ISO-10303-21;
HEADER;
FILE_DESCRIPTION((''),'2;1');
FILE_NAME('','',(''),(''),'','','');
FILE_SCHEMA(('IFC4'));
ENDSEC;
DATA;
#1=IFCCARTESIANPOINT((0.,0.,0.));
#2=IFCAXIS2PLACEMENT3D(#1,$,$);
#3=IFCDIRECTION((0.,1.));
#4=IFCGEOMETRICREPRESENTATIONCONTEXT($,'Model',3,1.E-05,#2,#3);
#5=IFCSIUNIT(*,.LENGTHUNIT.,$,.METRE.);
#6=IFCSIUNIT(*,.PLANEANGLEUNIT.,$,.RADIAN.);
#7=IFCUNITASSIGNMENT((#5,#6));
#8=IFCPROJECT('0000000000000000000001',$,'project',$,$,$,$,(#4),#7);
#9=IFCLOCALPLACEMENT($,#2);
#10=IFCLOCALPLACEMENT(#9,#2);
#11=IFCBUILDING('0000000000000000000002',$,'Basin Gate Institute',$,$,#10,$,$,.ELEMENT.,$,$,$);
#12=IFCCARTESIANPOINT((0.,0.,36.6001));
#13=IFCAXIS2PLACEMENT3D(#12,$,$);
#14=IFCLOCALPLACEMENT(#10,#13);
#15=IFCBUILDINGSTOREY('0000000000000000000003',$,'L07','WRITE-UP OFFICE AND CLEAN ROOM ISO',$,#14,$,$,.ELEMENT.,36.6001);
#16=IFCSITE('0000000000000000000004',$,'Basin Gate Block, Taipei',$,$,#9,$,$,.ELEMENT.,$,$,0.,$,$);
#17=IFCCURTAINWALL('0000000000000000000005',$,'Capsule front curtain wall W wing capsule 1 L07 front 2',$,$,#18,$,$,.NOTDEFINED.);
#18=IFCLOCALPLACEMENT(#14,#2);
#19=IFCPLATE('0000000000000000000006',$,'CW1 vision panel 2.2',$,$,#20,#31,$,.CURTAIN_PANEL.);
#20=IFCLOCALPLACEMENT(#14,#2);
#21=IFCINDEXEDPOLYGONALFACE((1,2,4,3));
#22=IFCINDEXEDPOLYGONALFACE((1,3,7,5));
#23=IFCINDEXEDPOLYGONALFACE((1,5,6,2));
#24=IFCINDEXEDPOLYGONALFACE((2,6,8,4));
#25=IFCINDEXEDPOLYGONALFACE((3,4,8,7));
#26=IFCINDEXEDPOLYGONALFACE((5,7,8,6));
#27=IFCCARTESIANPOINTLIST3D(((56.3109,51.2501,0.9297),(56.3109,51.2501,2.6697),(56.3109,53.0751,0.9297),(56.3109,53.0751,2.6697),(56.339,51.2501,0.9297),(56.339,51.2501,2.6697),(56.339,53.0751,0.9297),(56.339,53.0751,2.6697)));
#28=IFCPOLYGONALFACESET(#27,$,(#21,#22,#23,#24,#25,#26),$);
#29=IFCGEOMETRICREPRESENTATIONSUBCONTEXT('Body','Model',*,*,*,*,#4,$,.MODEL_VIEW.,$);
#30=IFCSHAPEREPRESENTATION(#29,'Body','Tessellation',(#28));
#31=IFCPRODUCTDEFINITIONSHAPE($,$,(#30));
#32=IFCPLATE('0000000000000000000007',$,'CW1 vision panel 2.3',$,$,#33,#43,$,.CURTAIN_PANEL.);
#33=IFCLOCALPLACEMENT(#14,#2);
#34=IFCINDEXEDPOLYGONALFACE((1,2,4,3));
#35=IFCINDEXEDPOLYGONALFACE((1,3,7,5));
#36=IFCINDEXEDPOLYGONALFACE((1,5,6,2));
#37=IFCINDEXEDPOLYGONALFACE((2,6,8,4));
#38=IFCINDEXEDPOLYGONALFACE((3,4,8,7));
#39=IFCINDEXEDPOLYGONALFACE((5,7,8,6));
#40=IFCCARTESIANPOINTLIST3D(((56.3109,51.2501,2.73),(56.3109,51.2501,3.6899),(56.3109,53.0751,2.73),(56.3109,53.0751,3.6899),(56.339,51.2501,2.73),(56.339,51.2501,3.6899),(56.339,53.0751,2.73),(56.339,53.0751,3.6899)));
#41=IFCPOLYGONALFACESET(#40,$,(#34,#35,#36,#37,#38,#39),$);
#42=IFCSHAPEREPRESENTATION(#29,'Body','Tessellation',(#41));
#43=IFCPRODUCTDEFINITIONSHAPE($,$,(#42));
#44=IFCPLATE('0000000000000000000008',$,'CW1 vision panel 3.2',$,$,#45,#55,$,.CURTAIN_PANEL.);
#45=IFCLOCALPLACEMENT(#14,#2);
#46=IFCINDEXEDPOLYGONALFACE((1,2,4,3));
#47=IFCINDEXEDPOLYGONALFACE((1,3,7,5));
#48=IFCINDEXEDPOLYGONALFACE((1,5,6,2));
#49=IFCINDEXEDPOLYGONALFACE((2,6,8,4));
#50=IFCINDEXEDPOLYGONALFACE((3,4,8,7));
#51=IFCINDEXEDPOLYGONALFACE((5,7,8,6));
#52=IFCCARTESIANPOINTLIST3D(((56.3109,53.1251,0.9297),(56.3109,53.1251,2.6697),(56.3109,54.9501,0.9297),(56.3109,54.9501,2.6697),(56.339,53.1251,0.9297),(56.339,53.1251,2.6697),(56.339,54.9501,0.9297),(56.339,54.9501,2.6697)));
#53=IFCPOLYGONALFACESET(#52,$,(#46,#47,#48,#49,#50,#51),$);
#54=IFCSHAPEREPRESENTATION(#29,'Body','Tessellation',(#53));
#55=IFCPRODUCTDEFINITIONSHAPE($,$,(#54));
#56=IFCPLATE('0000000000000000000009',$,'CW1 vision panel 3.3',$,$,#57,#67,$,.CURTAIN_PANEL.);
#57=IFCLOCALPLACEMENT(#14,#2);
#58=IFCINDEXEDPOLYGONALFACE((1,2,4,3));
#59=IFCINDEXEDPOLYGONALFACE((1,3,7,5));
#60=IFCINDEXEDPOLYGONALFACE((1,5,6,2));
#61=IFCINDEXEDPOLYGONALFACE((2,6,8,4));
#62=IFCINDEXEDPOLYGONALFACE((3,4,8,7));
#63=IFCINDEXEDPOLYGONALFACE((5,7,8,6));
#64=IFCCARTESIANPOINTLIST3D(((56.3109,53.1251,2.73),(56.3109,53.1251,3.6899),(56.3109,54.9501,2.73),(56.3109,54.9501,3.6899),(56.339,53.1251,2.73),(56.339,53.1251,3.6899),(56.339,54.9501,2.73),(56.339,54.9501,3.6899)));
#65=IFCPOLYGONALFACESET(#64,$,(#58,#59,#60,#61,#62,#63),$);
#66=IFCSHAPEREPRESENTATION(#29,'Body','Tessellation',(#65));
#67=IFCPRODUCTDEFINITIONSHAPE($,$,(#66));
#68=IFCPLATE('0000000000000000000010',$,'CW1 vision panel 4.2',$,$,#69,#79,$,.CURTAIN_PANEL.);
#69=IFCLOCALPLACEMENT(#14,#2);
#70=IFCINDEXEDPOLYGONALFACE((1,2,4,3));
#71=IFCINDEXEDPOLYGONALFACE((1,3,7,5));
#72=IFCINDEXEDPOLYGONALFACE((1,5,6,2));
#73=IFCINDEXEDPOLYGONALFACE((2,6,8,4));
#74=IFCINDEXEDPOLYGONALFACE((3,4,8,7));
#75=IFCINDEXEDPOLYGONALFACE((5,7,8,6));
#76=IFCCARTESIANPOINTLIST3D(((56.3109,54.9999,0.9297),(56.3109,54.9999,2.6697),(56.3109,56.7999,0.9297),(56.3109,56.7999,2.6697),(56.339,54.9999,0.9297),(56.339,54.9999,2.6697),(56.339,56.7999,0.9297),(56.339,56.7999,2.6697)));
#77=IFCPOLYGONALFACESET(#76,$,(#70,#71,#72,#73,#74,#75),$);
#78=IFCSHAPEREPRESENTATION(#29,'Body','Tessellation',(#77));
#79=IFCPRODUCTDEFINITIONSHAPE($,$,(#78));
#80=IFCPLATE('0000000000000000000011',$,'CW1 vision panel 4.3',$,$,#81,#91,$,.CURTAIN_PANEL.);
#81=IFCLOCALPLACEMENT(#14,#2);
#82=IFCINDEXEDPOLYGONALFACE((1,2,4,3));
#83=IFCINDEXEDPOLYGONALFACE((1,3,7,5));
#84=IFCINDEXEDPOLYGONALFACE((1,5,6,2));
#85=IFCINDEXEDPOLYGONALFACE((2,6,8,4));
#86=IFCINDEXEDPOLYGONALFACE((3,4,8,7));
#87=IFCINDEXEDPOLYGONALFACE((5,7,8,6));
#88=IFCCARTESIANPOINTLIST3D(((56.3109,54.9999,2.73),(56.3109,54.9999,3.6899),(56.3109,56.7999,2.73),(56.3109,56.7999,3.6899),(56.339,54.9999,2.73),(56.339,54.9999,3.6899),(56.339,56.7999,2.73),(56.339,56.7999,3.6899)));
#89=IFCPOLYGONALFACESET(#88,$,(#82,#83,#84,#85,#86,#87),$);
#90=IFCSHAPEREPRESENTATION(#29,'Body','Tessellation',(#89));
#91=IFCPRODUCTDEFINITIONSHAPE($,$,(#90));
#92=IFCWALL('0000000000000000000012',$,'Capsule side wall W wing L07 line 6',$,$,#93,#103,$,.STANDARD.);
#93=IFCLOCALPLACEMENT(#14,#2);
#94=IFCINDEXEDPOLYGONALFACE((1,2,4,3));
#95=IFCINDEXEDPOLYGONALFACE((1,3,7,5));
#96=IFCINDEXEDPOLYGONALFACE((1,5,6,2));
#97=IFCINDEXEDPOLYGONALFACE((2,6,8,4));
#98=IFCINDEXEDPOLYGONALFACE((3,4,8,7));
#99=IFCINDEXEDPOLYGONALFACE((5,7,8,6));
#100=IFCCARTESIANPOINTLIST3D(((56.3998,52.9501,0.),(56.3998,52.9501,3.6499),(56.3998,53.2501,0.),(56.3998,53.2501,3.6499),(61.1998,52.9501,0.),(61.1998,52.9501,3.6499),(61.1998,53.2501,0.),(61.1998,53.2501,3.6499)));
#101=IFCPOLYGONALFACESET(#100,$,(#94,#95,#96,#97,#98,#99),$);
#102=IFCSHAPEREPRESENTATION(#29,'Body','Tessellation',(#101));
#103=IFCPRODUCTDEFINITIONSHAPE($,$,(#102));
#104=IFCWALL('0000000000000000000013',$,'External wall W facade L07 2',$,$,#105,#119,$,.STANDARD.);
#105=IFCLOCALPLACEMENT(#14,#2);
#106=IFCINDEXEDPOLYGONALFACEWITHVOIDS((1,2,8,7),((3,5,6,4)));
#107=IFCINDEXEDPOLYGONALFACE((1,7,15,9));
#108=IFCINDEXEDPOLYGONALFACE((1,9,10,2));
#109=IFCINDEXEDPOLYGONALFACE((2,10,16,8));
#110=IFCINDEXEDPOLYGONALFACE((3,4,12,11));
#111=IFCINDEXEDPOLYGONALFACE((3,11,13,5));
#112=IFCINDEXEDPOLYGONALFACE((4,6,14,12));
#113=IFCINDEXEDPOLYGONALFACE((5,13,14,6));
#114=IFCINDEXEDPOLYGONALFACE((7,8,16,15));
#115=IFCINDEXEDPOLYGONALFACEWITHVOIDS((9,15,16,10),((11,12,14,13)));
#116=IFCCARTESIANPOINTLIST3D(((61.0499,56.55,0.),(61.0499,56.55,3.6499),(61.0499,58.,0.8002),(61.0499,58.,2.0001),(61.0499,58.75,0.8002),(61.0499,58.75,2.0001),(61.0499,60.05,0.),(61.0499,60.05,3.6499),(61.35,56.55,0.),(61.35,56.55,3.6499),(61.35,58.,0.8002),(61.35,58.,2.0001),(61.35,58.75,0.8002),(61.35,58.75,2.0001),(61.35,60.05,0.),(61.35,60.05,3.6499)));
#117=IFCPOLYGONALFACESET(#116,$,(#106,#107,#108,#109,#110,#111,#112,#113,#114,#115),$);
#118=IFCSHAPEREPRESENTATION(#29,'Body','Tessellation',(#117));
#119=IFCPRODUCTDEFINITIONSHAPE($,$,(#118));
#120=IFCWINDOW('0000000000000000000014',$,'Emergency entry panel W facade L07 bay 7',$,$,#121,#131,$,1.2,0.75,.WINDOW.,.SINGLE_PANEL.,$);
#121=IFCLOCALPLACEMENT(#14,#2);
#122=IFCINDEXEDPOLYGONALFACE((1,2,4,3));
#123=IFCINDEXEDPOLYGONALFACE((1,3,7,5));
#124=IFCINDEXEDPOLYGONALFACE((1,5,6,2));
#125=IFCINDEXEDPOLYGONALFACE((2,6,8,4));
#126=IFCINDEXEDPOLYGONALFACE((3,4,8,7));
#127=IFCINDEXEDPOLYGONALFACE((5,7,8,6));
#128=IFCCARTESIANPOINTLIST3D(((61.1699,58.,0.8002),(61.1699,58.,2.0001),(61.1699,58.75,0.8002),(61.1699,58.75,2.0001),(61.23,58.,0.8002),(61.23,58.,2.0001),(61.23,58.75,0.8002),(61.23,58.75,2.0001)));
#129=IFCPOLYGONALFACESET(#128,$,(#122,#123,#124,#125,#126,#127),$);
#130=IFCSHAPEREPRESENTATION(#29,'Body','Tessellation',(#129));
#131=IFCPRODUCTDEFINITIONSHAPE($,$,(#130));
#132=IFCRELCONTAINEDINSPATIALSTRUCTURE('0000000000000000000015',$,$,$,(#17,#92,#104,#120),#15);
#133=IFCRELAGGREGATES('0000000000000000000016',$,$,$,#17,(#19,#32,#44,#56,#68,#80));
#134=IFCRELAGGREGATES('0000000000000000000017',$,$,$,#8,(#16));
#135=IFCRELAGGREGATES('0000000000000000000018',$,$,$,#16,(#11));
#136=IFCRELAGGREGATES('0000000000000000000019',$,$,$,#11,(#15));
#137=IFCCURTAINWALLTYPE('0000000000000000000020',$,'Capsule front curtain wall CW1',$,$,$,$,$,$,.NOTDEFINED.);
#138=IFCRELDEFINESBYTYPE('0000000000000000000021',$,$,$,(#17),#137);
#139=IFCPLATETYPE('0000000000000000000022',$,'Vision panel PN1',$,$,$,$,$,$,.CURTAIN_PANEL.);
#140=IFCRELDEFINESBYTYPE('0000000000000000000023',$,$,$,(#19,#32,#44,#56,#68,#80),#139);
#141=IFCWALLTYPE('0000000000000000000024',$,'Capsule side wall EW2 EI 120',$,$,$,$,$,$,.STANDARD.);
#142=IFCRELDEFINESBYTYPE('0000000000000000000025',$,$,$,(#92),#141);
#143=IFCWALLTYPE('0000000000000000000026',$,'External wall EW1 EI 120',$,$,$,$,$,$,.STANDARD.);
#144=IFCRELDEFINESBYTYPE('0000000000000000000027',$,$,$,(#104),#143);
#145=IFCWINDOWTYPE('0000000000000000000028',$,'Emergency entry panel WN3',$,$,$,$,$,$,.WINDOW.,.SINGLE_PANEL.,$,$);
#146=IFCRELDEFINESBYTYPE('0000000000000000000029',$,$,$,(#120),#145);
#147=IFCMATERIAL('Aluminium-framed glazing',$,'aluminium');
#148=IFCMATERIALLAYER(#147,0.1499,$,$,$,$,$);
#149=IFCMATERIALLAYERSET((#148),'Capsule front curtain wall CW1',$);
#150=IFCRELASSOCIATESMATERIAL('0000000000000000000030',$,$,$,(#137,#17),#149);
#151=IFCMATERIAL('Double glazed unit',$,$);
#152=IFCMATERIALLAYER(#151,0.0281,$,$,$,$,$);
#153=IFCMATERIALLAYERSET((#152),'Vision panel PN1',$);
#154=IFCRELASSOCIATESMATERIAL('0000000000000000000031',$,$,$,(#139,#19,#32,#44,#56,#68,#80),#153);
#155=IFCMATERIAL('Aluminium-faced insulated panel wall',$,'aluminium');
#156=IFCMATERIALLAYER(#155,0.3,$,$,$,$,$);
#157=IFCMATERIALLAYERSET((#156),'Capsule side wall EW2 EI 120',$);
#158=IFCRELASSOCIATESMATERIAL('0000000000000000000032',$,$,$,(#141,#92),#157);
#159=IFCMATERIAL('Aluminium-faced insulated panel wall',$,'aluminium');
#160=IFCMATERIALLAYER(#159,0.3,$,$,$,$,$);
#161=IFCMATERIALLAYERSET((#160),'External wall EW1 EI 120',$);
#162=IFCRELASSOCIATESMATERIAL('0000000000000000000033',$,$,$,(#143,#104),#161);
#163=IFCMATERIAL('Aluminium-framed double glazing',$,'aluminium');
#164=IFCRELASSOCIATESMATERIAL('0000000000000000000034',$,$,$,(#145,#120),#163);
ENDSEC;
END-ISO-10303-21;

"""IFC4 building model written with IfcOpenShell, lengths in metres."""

from ifc_helpers import new_model, si_unit, direction, frame, frame_2d, origin, origin_2d, place, context, subcontext, project, spatial, rectangle, extrude, material, layer, layer_set, type_object, element, fill, aggregate, save


model = new_model("IFC4")

# Units and contexts
model_context = context("Model", 3, precision=1e-05, world=origin(), true_north=direction((0.0, 1.0)))
body_context = subcontext(model_context, "Body", "Model", "MODEL_VIEW")
ifc_project = project(units=[si_unit("LENGTHUNIT", "METRE"), si_unit("PLANEANGLEUNIT", "RADIAN")], contexts=[model_context])

# Site, building, storey
site_placement = place(None, origin())
site = spatial("IfcSite", under=ifc_project, at=site_placement, Name="Basin Gate Block, Taipei", CompositionType="ELEMENT", RefElevation=0.0)
building_placement = place(site_placement, origin())
building = spatial("IfcBuilding", under=site, at=building_placement, Name="Basin Gate Institute", CompositionType="ELEMENT")
storey_placement = place(building_placement, frame((0.0, 0.0, 36.6001)))
storey = spatial("IfcBuildingStorey", under=building, at=storey_placement, Name="L07", Description="WRITE-UP OFFICE AND CLEAN ROOM ISO", CompositionType="ELEMENT", Elevation=36.6001)

# Shared definitions
ifc_material_1 = material(Name="Aluminium-framed glazing", Category="aluminium")
ifc_layer_1 = layer(ifc_material_1, 0.1499)
ifc_layer_set_1 = layer_set([ifc_layer_1], Name="Capsule front curtain wall CW1")
curtain_wall_type = type_object("IfcCurtainWallType", Name="Capsule front curtain wall CW1", PredefinedType="NOTDEFINED", material=ifc_layer_set_1)

# Curtain wall
curtain_wall_1_placement = place(storey_placement, origin())
curtain_wall_1 = element("IfcCurtainWall", 1, at=curtain_wall_1_placement, inside=storey, type_object=curtain_wall_type, material=ifc_layer_set_1, Name="Capsule front curtain wall W wing capsule 1 L07 front 2", PredefinedType="NOTDEFINED")

# Plates
ifc_material_2 = material(Name="Double glazed unit")
ifc_layer_2 = layer(ifc_material_2, 0.0281)
ifc_layer_set_2 = layer_set([ifc_layer_2], Name="Vision panel PN1")
plate_type_1 = type_object("IfcPlateType", Name="Vision panel PN1", PredefinedType="CURTAIN_PANEL", material=ifc_layer_set_2)
plate_1_placement = place(storey_placement, frame((56.325, 52.1626, 0.9297), z_axis=(0.0, 0.0, 1.0), x_axis=(0.0, 1.0, 0.0)))
plate_1 = element("IfcPlate", 2, at=plate_1_placement, type_object=plate_type_1, material=ifc_layer_set_2, Name="CW1 vision panel 2.2", PredefinedType="CURTAIN_PANEL", context=body_context, shape_type="SweptSolid", body=[
    extrude(rectangle(XDim=1.825, YDim=0.0281, at=origin_2d()), origin(), (0.0, 0.0, 1.0), 1.74),
])
plate_2_placement = place(storey_placement, frame((56.325, 52.1626, 2.73), z_axis=(0.0, 0.0, 1.0), x_axis=(0.0, 1.0, 0.0)))
plate_2 = element("IfcPlate", 3, at=plate_2_placement, type_object=plate_type_1, material=ifc_layer_set_2, Name="CW1 vision panel 2.3", PredefinedType="CURTAIN_PANEL", context=body_context, shape_type="SweptSolid", body=[
    extrude(rectangle(XDim=1.825, YDim=0.0281, at=origin_2d()), origin(), (0.0, 0.0, 1.0), 0.96),
])
plate_3_placement = place(storey_placement, frame((56.325, 54.0376, 0.9297), z_axis=(0.0, 0.0, 1.0), x_axis=(0.0, 1.0, 0.0)))
plate_3 = element("IfcPlate", 4, at=plate_3_placement, type_object=plate_type_1, material=ifc_layer_set_2, Name="CW1 vision panel 3.2", PredefinedType="CURTAIN_PANEL", context=body_context, shape_type="SweptSolid", body=[
    extrude(rectangle(XDim=1.825, YDim=0.0281, at=origin_2d()), origin(), (0.0, 0.0, 1.0), 1.74),
])
plate_4_placement = place(storey_placement, frame((56.325, 54.0376, 2.73), z_axis=(0.0, 0.0, 1.0), x_axis=(0.0, 1.0, 0.0)))
plate_4 = element("IfcPlate", 5, at=plate_4_placement, type_object=plate_type_1, material=ifc_layer_set_2, Name="CW1 vision panel 3.3", PredefinedType="CURTAIN_PANEL", context=body_context, shape_type="SweptSolid", body=[
    extrude(rectangle(XDim=1.825, YDim=0.0281, at=origin_2d()), origin(), (0.0, 0.0, 1.0), 0.96),
])
plate_5_placement = place(storey_placement, frame((56.325, 55.8999, 0.9297), z_axis=(0.0, 0.0, 1.0), x_axis=(0.0, 1.0, 0.0)))
plate_5 = element("IfcPlate", 6, at=plate_5_placement, type_object=plate_type_1, material=ifc_layer_set_2, Name="CW1 vision panel 4.2", PredefinedType="CURTAIN_PANEL", context=body_context, shape_type="SweptSolid", body=[
    extrude(rectangle(XDim=1.8, YDim=0.0281, at=origin_2d()), origin(), (0.0, 0.0, 1.0), 1.74),
])
plate_6_placement = place(storey_placement, frame((56.325, 55.8999, 2.73), z_axis=(0.0, 0.0, 1.0), x_axis=(0.0, 1.0, 0.0)))
plate_6 = element("IfcPlate", 7, at=plate_6_placement, type_object=plate_type_1, material=ifc_layer_set_2, Name="CW1 vision panel 4.3", PredefinedType="CURTAIN_PANEL", context=body_context, shape_type="SweptSolid", body=[
    extrude(rectangle(XDim=1.8, YDim=0.0281, at=origin_2d()), origin(), (0.0, 0.0, 1.0), 0.96),
])
aggregate(curtain_wall_1, [plate_1, plate_2, plate_3, plate_4, plate_5, plate_6])

# Wall
ifc_material_3 = material(Name="Aluminium-faced insulated panel wall", Category="aluminium")
ifc_layer_3 = layer(ifc_material_3, 0.3)
ifc_layer_set_3 = layer_set([ifc_layer_3], Name="Capsule side wall EW2 EI 120")
wall_type_1 = type_object("IfcWallType", Name="Capsule side wall EW2 EI 120", PredefinedType="STANDARD", material=ifc_layer_set_3)
wall_1_placement = place(storey_placement, frame((56.3999, 53.1001, 0.0), z_axis=(0.0, 0.0, 1.0), x_axis=(1.0, 0.0, 0.0)))
element("IfcWall", 8, at=wall_1_placement, inside=storey, type_object=wall_type_1, material=ifc_layer_set_3, Name="Capsule side wall W wing L07 line 6", PredefinedType="STANDARD", context=body_context, shape_type="SweptSolid", body=[
    extrude(rectangle(XDim=4.8, YDim=0.3, at=frame_2d((2.3999, 0.0))), origin(), (0.0, 0.0, 1.0), 3.6499),
])

# Wall, opening, window
ifc_material_4 = material(Name="Aluminium-faced insulated panel wall", Category="aluminium")
ifc_layer_4 = layer(ifc_material_4, 0.3)
ifc_layer_set_4 = layer_set([ifc_layer_4], Name="External wall EW1 EI 120")
wall_type_2 = type_object("IfcWallType", Name="External wall EW1 EI 120", PredefinedType="STANDARD", material=ifc_layer_set_4)
wall_2_placement = place(storey_placement, frame((61.2, 56.55, 0.0), z_axis=(0.0, 0.0, 1.0), x_axis=(0.0, 1.0, 0.0)))
wall_2 = element("IfcWall", 9, at=wall_2_placement, inside=storey, type_object=wall_type_2, material=ifc_layer_set_4, Name="External wall W facade L07 2", PredefinedType="STANDARD", context=body_context, shape_type="SweptSolid", body=[
    extrude(rectangle(XDim=3.5, YDim=0.3, at=frame_2d((1.75, 0.0))), origin(), (0.0, 0.0, 1.0), 3.6499),
])
opening_placement = place(wall_2_placement, frame((1.45, 0.0, 0.8)))
opening = element("IfcOpeningElement", 10, at=opening_placement, cuts=wall_2, PredefinedType="OPENING", context=body_context, shape_type="SweptSolid", body=[
    extrude(rectangle(XDim=0.75, YDim=1.2, at=frame_2d((0.375, 0.6001))), frame((0.0, 0.1602, 0.0), z_axis=(0.0, -1.0, 0.0), x_axis=(1.0, 0.0, 0.0)), (0.0, 0.0, 1.0), 0.3201),
])
ifc_material_5 = material(Name="Aluminium-framed double glazing", Category="aluminium")
window_type = type_object("IfcWindowType", Name="Emergency entry panel WN3", PartitioningType="SINGLE_PANEL", PredefinedType="WINDOW", material=ifc_material_5)
window_placement = place(opening_placement, origin())
window = element("IfcWindow", 11, at=window_placement, inside=storey, type_object=window_type, material=ifc_material_5, Name="Emergency entry panel W facade L07 bay 7", OverallHeight=1.2, OverallWidth=0.75, PartitioningType="SINGLE_PANEL", PredefinedType="WINDOW", context=body_context, shape_type="SweptSolid", body=[
    extrude(rectangle(XDim=0.75, YDim=1.2, at=frame_2d((0.375, 0.6001))), frame((0.0, 0.03, 0.0), z_axis=(0.0, -1.0, 0.0), x_axis=(1.0, 0.0, 0.0)), (0.0, 0.0, 1.0), 0.0601),
])
fill(opening, window)

save(model, "model.ifc")
